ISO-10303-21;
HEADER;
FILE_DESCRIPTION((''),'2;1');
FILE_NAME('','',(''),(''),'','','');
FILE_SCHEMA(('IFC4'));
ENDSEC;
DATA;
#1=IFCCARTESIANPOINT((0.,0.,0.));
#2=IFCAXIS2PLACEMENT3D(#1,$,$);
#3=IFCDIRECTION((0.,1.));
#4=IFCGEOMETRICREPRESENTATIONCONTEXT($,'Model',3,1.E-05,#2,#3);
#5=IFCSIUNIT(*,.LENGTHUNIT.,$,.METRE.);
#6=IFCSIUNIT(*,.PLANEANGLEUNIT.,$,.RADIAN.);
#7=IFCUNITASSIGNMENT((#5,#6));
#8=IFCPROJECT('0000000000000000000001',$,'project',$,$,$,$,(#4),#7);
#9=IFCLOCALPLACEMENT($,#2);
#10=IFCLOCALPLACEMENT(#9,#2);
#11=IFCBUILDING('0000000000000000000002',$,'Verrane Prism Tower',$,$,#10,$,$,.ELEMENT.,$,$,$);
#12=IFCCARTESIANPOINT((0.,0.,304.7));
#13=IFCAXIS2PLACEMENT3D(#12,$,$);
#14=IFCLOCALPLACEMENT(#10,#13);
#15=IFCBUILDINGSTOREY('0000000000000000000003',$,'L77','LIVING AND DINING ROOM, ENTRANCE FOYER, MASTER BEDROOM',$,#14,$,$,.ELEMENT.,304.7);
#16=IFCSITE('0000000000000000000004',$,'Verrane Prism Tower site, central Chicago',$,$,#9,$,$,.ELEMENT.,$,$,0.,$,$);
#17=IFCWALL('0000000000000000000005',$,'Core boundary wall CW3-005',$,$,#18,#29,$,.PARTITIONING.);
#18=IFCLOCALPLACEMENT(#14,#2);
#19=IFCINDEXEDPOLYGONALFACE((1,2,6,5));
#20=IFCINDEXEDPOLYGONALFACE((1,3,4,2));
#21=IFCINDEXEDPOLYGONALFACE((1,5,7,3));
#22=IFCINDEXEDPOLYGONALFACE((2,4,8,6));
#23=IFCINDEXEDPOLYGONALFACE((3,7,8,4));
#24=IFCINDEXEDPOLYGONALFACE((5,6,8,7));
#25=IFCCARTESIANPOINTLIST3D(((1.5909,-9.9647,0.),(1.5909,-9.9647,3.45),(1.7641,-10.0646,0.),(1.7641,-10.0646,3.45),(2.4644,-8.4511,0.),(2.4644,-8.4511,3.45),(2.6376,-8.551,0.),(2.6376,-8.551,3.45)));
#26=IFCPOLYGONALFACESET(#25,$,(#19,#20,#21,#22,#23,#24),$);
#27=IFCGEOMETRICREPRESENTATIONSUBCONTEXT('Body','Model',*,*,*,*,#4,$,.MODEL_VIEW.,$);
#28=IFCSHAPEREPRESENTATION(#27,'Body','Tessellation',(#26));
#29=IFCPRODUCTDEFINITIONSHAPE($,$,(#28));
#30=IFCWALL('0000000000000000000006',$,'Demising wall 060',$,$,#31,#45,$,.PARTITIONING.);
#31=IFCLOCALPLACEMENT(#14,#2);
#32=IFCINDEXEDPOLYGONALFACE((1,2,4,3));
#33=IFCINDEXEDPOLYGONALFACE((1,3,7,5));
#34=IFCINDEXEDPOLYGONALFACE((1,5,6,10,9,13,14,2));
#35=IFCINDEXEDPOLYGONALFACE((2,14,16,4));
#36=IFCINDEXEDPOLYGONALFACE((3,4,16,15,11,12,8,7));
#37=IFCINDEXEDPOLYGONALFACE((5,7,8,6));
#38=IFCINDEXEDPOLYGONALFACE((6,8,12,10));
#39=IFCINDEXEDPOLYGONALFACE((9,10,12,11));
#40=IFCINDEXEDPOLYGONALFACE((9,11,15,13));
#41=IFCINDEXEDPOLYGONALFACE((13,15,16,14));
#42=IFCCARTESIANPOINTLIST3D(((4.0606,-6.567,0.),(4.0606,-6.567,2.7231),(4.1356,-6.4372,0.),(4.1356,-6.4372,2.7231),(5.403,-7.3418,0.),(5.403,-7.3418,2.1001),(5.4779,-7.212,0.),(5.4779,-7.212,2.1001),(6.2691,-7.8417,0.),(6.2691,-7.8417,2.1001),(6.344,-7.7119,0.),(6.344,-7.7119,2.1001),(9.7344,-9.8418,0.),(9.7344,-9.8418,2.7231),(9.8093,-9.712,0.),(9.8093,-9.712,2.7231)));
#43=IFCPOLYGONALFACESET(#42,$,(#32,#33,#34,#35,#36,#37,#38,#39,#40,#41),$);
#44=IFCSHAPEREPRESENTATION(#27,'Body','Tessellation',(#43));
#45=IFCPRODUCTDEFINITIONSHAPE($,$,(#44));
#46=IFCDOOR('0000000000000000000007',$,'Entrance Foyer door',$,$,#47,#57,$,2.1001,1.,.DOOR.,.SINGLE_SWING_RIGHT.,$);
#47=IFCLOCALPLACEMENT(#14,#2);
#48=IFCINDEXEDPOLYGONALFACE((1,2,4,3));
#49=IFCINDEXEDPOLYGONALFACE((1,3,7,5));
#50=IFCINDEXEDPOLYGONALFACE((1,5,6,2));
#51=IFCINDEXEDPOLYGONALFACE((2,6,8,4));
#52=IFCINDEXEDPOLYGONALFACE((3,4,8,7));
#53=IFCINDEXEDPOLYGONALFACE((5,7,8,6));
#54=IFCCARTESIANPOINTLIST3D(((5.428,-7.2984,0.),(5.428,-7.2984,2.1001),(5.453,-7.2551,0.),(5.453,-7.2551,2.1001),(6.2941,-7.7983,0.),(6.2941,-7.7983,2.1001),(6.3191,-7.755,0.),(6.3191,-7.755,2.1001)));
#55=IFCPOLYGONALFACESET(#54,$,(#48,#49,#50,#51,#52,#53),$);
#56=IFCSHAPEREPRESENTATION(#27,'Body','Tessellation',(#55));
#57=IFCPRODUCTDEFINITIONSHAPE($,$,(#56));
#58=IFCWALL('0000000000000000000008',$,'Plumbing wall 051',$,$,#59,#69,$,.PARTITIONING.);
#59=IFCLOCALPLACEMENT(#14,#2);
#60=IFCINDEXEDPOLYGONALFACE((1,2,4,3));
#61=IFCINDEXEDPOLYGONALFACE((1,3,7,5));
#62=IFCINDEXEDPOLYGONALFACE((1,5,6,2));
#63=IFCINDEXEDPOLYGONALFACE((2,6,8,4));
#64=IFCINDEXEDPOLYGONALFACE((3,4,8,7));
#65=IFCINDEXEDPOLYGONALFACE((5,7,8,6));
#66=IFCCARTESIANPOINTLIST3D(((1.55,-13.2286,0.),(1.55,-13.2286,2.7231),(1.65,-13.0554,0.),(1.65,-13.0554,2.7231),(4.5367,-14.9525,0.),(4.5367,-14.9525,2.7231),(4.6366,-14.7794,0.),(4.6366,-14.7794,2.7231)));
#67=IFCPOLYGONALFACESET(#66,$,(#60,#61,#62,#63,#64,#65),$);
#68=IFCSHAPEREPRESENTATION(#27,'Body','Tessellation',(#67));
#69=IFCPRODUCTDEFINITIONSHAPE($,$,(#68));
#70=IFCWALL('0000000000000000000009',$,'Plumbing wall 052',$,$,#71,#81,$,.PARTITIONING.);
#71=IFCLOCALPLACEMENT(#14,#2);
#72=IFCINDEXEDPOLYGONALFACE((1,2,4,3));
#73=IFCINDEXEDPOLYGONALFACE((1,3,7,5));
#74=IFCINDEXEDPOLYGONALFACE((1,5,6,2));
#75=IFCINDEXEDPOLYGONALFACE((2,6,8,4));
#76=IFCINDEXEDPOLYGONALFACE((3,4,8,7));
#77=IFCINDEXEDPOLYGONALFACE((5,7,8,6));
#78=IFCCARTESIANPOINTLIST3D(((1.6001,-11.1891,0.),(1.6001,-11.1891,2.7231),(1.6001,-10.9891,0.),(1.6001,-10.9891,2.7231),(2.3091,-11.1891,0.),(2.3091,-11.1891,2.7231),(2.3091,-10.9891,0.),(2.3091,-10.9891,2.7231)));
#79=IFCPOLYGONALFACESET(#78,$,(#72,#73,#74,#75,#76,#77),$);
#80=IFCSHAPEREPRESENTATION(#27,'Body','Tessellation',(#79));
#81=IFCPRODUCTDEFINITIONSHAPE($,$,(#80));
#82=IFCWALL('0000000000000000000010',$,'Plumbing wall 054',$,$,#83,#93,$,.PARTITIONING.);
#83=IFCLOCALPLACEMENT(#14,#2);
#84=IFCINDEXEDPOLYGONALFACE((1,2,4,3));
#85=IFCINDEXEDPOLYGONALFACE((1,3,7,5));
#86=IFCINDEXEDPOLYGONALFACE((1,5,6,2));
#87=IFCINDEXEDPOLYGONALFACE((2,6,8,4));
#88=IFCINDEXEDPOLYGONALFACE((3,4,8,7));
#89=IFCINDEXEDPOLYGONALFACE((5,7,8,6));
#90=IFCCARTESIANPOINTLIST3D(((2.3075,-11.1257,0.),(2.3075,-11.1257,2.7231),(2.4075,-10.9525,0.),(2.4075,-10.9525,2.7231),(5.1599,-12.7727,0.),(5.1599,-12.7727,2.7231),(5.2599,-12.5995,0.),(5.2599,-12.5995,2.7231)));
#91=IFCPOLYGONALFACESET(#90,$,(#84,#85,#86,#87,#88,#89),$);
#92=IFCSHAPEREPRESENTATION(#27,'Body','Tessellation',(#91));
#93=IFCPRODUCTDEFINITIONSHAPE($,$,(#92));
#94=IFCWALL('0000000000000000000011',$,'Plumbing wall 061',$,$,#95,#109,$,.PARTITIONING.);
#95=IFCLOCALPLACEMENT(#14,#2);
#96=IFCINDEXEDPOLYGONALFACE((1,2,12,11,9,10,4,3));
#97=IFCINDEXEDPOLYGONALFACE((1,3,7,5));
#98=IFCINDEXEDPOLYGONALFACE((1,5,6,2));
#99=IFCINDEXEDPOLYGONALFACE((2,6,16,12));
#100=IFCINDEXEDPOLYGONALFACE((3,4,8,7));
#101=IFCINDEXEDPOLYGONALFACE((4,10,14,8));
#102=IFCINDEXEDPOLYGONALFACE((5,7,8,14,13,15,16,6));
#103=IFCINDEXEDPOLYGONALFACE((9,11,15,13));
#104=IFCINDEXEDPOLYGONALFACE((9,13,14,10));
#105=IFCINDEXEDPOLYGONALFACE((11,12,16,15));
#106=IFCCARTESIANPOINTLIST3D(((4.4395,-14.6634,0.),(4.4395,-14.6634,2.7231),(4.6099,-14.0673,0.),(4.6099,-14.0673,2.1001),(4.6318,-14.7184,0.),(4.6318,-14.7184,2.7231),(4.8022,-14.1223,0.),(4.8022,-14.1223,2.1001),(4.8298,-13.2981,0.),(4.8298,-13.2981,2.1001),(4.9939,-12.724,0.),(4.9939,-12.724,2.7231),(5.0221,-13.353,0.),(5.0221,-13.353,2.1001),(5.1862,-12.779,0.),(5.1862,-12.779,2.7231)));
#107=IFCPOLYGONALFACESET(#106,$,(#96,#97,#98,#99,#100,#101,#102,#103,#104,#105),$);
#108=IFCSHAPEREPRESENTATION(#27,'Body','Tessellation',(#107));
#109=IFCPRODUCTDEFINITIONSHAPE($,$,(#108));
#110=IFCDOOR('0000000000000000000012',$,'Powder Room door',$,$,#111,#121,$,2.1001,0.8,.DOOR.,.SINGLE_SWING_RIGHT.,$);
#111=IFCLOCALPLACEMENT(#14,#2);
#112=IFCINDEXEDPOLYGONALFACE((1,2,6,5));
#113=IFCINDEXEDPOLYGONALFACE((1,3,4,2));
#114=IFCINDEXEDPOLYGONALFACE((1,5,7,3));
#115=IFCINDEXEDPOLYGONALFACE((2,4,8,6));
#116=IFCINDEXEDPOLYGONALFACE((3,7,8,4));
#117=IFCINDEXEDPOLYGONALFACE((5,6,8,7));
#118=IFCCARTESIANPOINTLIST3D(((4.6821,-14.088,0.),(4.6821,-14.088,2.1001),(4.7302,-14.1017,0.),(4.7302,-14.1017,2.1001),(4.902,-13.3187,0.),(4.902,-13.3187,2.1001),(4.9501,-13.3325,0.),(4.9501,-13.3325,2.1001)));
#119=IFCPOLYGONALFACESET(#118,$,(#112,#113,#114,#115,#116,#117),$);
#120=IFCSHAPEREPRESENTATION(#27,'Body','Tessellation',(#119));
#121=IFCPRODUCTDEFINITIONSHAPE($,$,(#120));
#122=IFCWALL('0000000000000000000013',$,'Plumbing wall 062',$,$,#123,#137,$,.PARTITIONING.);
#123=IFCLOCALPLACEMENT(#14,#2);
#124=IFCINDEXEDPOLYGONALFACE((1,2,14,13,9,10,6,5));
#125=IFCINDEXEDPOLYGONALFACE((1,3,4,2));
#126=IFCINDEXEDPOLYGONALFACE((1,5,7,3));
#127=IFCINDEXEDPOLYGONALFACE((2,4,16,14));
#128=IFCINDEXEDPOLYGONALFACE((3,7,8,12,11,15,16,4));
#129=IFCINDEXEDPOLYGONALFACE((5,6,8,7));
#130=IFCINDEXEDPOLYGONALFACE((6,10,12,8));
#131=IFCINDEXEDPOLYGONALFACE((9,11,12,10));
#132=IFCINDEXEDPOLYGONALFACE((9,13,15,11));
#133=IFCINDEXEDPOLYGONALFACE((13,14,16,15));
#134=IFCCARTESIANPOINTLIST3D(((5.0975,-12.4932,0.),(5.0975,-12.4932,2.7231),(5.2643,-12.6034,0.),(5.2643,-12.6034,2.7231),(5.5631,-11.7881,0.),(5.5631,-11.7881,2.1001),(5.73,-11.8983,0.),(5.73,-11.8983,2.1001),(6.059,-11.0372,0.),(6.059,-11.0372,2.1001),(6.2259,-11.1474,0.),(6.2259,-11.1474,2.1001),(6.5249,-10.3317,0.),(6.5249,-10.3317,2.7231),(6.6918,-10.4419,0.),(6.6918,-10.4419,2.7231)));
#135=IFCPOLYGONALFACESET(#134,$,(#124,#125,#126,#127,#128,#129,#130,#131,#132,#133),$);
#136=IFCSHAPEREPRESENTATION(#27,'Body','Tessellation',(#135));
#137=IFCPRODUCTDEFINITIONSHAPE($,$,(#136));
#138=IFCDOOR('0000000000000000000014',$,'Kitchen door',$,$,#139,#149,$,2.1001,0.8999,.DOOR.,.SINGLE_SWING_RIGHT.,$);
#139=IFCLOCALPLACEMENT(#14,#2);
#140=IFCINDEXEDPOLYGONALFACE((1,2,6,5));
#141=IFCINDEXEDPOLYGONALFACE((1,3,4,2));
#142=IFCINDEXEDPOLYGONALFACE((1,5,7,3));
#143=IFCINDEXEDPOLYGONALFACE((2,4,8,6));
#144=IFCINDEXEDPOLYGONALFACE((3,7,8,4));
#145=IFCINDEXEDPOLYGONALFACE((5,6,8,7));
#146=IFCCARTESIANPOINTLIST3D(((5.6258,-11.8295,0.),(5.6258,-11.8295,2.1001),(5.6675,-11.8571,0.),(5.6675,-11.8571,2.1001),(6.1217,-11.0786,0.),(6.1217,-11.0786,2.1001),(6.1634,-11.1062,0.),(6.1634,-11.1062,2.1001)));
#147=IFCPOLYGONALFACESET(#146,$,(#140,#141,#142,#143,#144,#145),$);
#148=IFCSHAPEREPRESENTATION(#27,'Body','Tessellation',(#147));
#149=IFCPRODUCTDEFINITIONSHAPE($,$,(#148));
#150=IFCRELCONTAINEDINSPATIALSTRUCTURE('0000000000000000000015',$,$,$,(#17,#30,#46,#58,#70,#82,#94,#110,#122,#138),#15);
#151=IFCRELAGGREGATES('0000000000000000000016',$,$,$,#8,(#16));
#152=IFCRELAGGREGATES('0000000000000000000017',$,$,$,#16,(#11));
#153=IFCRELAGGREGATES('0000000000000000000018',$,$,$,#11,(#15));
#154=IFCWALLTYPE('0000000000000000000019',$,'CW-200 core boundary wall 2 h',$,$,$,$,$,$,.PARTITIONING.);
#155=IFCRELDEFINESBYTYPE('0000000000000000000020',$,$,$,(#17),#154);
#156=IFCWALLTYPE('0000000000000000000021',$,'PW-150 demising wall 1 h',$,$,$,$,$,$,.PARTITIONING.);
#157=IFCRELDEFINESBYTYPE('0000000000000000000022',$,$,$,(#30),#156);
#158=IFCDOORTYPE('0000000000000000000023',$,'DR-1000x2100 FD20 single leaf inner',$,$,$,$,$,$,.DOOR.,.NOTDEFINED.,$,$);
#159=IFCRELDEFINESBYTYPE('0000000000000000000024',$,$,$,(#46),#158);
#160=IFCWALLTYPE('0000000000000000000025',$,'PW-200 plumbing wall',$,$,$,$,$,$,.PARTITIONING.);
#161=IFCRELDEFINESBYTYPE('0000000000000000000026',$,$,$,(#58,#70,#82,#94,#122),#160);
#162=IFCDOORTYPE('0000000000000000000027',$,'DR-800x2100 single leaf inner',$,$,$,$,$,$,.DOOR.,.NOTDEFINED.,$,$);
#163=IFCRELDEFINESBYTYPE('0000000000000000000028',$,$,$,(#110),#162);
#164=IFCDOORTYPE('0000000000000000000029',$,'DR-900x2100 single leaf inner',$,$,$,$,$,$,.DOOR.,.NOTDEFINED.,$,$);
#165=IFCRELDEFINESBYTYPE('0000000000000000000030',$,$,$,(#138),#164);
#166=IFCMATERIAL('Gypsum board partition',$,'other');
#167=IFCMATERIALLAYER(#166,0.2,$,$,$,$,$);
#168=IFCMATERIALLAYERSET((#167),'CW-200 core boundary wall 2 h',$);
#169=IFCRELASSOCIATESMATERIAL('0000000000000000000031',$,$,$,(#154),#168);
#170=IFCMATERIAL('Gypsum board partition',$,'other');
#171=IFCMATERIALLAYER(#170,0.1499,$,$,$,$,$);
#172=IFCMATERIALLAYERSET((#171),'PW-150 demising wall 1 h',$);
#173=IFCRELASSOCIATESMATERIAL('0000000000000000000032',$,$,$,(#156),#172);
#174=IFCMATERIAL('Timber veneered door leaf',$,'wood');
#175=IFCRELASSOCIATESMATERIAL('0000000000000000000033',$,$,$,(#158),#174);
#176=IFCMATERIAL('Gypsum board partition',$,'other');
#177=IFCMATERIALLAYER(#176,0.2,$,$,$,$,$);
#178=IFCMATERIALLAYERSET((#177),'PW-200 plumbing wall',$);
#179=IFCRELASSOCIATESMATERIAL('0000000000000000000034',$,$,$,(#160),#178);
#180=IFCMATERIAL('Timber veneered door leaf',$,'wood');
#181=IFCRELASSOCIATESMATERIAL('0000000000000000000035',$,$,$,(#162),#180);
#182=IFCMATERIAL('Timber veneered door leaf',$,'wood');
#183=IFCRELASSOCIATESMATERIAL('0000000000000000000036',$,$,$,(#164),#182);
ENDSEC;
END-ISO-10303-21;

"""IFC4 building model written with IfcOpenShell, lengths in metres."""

from ifc_helpers import new_model, si_unit, direction, frame, frame_2d, origin, place, context, subcontext, project, spatial, rectangle, extrude, material, layer, layer_set, type_object, element, fill, save


model = new_model("IFC4")

# Units and contexts
model_context = context("Model", 3, precision=1e-05, world=origin(), true_north=direction((0.0, 1.0)))
body_context = subcontext(model_context, "Body", "Model", "MODEL_VIEW")
ifc_project = project(units=[si_unit("LENGTHUNIT", "METRE"), si_unit("PLANEANGLEUNIT", "RADIAN")], contexts=[model_context])

# Site, building, storey
site_placement = place(None, origin())
site = spatial("IfcSite", under=ifc_project, at=site_placement, Name="Verrane Prism Tower site, central Chicago", CompositionType="ELEMENT", RefElevation=0.0)
building_placement = place(site_placement, origin())
building = spatial("IfcBuilding", under=site, at=building_placement, Name="Verrane Prism Tower", CompositionType="ELEMENT")
storey_placement = place(building_placement, frame((0.0, 0.0, 304.7)))
storey = spatial("IfcBuildingStorey", under=building, at=storey_placement, Name="L77", Description="LIVING AND DINING ROOM, ENTRANCE FOYER, MASTER BEDROOM", CompositionType="ELEMENT", Elevation=304.7)

# Wall
ifc_material_1 = material(Name="Gypsum board partition", Category="other")
ifc_layer_1 = layer(ifc_material_1, 0.2)
ifc_layer_set_1 = layer_set([ifc_layer_1], Name="CW-200 core boundary wall 2 h")
wall_type_1 = type_object("IfcWallType", Name="CW-200 core boundary wall 2 h", PredefinedType="PARTITIONING", material=ifc_layer_set_1)
wall_1_placement = place(storey_placement, frame((1.6775, -10.0146, 0.0), z_axis=(0.0, 0.0, 1.0), x_axis=(0.499835, 0.86612, 0.0)))
element("IfcWall", 1, at=wall_1_placement, inside=storey, type_object=wall_type_1, Name="Core boundary wall CW3-005", PredefinedType="PARTITIONING", context=body_context, shape_type="SweptSolid", body=[
    extrude(rectangle(XDim=1.7476, YDim=0.2, at=frame_2d((0.8738, 0.0))), origin(), (0.0, 0.0, 1.0), 3.45),
])

# Wall, opening, door
ifc_material_2 = material(Name="Gypsum board partition", Category="other")
ifc_layer_2 = layer(ifc_material_2, 0.1499)
ifc_layer_set_2 = layer_set([ifc_layer_2], Name="PW-150 demising wall 1 h")
wall_type_2 = type_object("IfcWallType", Name="PW-150 demising wall 1 h", PredefinedType="PARTITIONING", material=ifc_layer_set_2)
wall_2_placement = place(storey_placement, frame((9.7717, -9.7769, 0.0), z_axis=(0.0, 0.0, 1.0), x_axis=(-0.866084, 0.499899, 0.0)))
wall_2 = element("IfcWall", 2, at=wall_2_placement, inside=storey, type_object=wall_type_2, Name="Demising wall 060", PredefinedType="PARTITIONING", context=body_context, shape_type="SweptSolid", body=[
    extrude(rectangle(XDim=6.551, YDim=0.1499, at=frame_2d((3.2754, 0.0))), origin(), (0.0, 0.0, 1.0), 2.7231),
])
opening_1_placement = place(wall_2_placement, frame((4.001, 0.0, 0.0)))
opening_1 = element("IfcOpeningElement", 3, at=opening_1_placement, cuts=wall_2, PredefinedType="OPENING", context=body_context, shape_type="SweptSolid", body=[
    extrude(rectangle(XDim=1.0, YDim=2.1001, at=frame_2d((0.5, 1.05))), frame((0.0, 0.085, 0.0), z_axis=(0.0, -1.0, 0.0), x_axis=(1.0, 0.0, 0.0)), (0.0, 0.0, 1.0), 0.1699),
])
ifc_material_3 = material(Name="Timber veneered door leaf", Category="wood")
door_type_1 = type_object("IfcDoorType", Name="DR-1000x2100 FD20 single leaf inner", OperationType="NOTDEFINED", PredefinedType="DOOR", material=ifc_material_3)
door_1_placement = place(opening_1_placement, origin())
door_1 = element("IfcDoor", 4, at=door_1_placement, inside=storey, type_object=door_type_1, Name="Entrance Foyer door", OperationType="SINGLE_SWING_RIGHT", OverallHeight=2.1001, OverallWidth=1.0, PredefinedType="DOOR", context=body_context, shape_type="SweptSolid", body=[
    extrude(rectangle(XDim=1.0, YDim=2.1001, at=frame_2d((0.5, 1.05))), frame((0.0, 0.0249, 0.0), z_axis=(0.0, -1.0, 0.0), x_axis=(1.0, 0.0, 0.0)), (0.0, 0.0, 1.0), 0.05),
])
fill(opening_1, door_1)

# Walls
ifc_material_4 = material(Name="Gypsum board partition", Category="other")
ifc_layer_3 = layer(ifc_material_4, 0.2)
ifc_layer_set_3 = layer_set([ifc_layer_3], Name="PW-200 plumbing wall")
wall_type_3 = type_object("IfcWallType", Name="PW-200 plumbing wall", PredefinedType="PARTITIONING", material=ifc_layer_set_3)
wall_3_placement = place(storey_placement, frame((1.6001, -13.1421, 0.0), z_axis=(0.0, 0.0, 1.0), x_axis=(0.866078, -0.499908, 0.0)))
element("IfcWall", 5, at=wall_3_placement, inside=storey, type_object=wall_type_3, Name="Plumbing wall 051", PredefinedType="PARTITIONING", context=body_context, shape_type="SweptSolid", body=[
    extrude(rectangle(XDim=3.4485, YDim=0.2, at=frame_2d((1.7241, 0.0))), origin(), (0.0, 0.0, 1.0), 2.7231),
])
wall_4_placement = place(storey_placement, frame((1.6001, -11.0891, 0.0), z_axis=(0.0, 0.0, 1.0), x_axis=(1.0, 0.0, 0.0)))
element("IfcWall", 6, at=wall_4_placement, inside=storey, type_object=wall_type_3, Name="Plumbing wall 052", PredefinedType="PARTITIONING", context=body_context, shape_type="SweptSolid", body=[
    extrude(rectangle(XDim=0.709, YDim=0.2, at=frame_2d((0.3545, 0.0))), origin(), (0.0, 0.0, 1.0), 2.7231),
])
wall_5_placement = place(storey_placement, frame((2.3574, -11.0391, 0.0), z_axis=(0.0, 0.0, 1.0), x_axis=(0.865999, -0.500045, 0.0)))
element("IfcWall", 7, at=wall_5_placement, inside=storey, type_object=wall_type_3, Name="Plumbing wall 054", PredefinedType="PARTITIONING", context=body_context, shape_type="SweptSolid", body=[
    extrude(rectangle(XDim=3.2937, YDim=0.2, at=frame_2d((1.647, 0.0))), origin(), (0.0, 0.0, 1.0), 2.7231),
])

# Walls, openings, doors
wall_6_placement = place(storey_placement, frame((4.5356, -14.6909, 0.0), z_axis=(0.0, 0.0, 1.0), x_axis=(0.274865, 0.961483, 0.0)))
wall_6 = element("IfcWall", 8, at=wall_6_placement, inside=storey, type_object=wall_type_3, Name="Plumbing wall 061", PredefinedType="PARTITIONING", context=body_context, shape_type="SweptSolid", body=[
    extrude(rectangle(XDim=2.0171, YDim=0.2, at=frame_2d((1.0085, 0.0))), origin(), (0.0, 0.0, 1.0), 2.7231),
])
opening_2_placement = place(wall_6_placement, frame((0.6201, 0.0, 0.0)))
opening_2 = element("IfcOpeningElement", 9, at=opening_2_placement, cuts=wall_6, PredefinedType="OPENING", context=body_context, shape_type="SweptSolid", body=[
    extrude(rectangle(XDim=0.8, YDim=2.1001, at=frame_2d((0.3999, 1.05))), frame((0.0, 0.1099, 0.0), z_axis=(0.0, -1.0, 0.0), x_axis=(1.0, 0.0, 0.0)), (0.0, 0.0, 1.0), 0.22),
])
ifc_material_5 = material(Name="Timber veneered door leaf", Category="wood")
door_type_2 = type_object("IfcDoorType", Name="DR-800x2100 single leaf inner", OperationType="NOTDEFINED", PredefinedType="DOOR", material=ifc_material_5)
door_2_placement = place(opening_2_placement, origin())
door_2 = element("IfcDoor", 10, at=door_2_placement, inside=storey, type_object=door_type_2, Name="Powder Room door", OperationType="SINGLE_SWING_RIGHT", OverallHeight=2.1001, OverallWidth=0.8, PredefinedType="DOOR", context=body_context, shape_type="SweptSolid", body=[
    extrude(rectangle(XDim=0.8, YDim=2.1001, at=frame_2d((0.3999, 1.05))), frame((0.0, 0.0249, 0.0), z_axis=(0.0, -1.0, 0.0), x_axis=(1.0, 0.0, 0.0)), (0.0, 0.0, 1.0), 0.05),
])
fill(opening_2, door_2)
wall_7_placement = place(storey_placement, frame((5.1809, -12.5483, 0.0), z_axis=(0.0, 0.0, 1.0), x_axis=(0.551063, 0.834464, 0.0)))
wall_7 = element("IfcWall", 11, at=wall_7_placement, inside=storey, type_object=wall_type_3, Name="Plumbing wall 062", PredefinedType="PARTITIONING", context=body_context, shape_type="SweptSolid", body=[
    extrude(rectangle(XDim=2.5903, YDim=0.2, at=frame_2d((1.2952, 0.0))), origin(), (0.0, 0.0, 1.0), 2.7231),
])
opening_3_placement = place(wall_7_placement, frame((0.845, 0.0, 0.0)))
opening_3 = element("IfcOpeningElement", 12, at=opening_3_placement, cuts=wall_7, PredefinedType="OPENING", context=body_context, shape_type="SweptSolid", body=[
    extrude(rectangle(XDim=0.8999, YDim=2.1001, at=frame_2d((0.45, 1.05))), frame((0.0, 0.1099, 0.0), z_axis=(0.0, -1.0, 0.0), x_axis=(1.0, 0.0, 0.0)), (0.0, 0.0, 1.0), 0.22),
])
ifc_material_6 = material(Name="Timber veneered door leaf", Category="wood")
door_type_3 = type_object("IfcDoorType", Name="DR-900x2100 single leaf inner", OperationType="NOTDEFINED", PredefinedType="DOOR", material=ifc_material_6)
door_3_placement = place(opening_3_placement, origin())
door_3 = element("IfcDoor", 13, at=door_3_placement, inside=storey, type_object=door_type_3, Name="Kitchen door", OperationType="SINGLE_SWING_RIGHT", OverallHeight=2.1001, OverallWidth=0.8999, PredefinedType="DOOR", context=body_context, shape_type="SweptSolid", body=[
    extrude(rectangle(XDim=0.8999, YDim=2.1001, at=frame_2d((0.45, 1.05))), frame((0.0, 0.0249, 0.0), z_axis=(0.0, -1.0, 0.0), x_axis=(1.0, 0.0, 0.0)), (0.0, 0.0, 1.0), 0.05),
])
fill(opening_3, door_3)

save(model, "model.ifc")
